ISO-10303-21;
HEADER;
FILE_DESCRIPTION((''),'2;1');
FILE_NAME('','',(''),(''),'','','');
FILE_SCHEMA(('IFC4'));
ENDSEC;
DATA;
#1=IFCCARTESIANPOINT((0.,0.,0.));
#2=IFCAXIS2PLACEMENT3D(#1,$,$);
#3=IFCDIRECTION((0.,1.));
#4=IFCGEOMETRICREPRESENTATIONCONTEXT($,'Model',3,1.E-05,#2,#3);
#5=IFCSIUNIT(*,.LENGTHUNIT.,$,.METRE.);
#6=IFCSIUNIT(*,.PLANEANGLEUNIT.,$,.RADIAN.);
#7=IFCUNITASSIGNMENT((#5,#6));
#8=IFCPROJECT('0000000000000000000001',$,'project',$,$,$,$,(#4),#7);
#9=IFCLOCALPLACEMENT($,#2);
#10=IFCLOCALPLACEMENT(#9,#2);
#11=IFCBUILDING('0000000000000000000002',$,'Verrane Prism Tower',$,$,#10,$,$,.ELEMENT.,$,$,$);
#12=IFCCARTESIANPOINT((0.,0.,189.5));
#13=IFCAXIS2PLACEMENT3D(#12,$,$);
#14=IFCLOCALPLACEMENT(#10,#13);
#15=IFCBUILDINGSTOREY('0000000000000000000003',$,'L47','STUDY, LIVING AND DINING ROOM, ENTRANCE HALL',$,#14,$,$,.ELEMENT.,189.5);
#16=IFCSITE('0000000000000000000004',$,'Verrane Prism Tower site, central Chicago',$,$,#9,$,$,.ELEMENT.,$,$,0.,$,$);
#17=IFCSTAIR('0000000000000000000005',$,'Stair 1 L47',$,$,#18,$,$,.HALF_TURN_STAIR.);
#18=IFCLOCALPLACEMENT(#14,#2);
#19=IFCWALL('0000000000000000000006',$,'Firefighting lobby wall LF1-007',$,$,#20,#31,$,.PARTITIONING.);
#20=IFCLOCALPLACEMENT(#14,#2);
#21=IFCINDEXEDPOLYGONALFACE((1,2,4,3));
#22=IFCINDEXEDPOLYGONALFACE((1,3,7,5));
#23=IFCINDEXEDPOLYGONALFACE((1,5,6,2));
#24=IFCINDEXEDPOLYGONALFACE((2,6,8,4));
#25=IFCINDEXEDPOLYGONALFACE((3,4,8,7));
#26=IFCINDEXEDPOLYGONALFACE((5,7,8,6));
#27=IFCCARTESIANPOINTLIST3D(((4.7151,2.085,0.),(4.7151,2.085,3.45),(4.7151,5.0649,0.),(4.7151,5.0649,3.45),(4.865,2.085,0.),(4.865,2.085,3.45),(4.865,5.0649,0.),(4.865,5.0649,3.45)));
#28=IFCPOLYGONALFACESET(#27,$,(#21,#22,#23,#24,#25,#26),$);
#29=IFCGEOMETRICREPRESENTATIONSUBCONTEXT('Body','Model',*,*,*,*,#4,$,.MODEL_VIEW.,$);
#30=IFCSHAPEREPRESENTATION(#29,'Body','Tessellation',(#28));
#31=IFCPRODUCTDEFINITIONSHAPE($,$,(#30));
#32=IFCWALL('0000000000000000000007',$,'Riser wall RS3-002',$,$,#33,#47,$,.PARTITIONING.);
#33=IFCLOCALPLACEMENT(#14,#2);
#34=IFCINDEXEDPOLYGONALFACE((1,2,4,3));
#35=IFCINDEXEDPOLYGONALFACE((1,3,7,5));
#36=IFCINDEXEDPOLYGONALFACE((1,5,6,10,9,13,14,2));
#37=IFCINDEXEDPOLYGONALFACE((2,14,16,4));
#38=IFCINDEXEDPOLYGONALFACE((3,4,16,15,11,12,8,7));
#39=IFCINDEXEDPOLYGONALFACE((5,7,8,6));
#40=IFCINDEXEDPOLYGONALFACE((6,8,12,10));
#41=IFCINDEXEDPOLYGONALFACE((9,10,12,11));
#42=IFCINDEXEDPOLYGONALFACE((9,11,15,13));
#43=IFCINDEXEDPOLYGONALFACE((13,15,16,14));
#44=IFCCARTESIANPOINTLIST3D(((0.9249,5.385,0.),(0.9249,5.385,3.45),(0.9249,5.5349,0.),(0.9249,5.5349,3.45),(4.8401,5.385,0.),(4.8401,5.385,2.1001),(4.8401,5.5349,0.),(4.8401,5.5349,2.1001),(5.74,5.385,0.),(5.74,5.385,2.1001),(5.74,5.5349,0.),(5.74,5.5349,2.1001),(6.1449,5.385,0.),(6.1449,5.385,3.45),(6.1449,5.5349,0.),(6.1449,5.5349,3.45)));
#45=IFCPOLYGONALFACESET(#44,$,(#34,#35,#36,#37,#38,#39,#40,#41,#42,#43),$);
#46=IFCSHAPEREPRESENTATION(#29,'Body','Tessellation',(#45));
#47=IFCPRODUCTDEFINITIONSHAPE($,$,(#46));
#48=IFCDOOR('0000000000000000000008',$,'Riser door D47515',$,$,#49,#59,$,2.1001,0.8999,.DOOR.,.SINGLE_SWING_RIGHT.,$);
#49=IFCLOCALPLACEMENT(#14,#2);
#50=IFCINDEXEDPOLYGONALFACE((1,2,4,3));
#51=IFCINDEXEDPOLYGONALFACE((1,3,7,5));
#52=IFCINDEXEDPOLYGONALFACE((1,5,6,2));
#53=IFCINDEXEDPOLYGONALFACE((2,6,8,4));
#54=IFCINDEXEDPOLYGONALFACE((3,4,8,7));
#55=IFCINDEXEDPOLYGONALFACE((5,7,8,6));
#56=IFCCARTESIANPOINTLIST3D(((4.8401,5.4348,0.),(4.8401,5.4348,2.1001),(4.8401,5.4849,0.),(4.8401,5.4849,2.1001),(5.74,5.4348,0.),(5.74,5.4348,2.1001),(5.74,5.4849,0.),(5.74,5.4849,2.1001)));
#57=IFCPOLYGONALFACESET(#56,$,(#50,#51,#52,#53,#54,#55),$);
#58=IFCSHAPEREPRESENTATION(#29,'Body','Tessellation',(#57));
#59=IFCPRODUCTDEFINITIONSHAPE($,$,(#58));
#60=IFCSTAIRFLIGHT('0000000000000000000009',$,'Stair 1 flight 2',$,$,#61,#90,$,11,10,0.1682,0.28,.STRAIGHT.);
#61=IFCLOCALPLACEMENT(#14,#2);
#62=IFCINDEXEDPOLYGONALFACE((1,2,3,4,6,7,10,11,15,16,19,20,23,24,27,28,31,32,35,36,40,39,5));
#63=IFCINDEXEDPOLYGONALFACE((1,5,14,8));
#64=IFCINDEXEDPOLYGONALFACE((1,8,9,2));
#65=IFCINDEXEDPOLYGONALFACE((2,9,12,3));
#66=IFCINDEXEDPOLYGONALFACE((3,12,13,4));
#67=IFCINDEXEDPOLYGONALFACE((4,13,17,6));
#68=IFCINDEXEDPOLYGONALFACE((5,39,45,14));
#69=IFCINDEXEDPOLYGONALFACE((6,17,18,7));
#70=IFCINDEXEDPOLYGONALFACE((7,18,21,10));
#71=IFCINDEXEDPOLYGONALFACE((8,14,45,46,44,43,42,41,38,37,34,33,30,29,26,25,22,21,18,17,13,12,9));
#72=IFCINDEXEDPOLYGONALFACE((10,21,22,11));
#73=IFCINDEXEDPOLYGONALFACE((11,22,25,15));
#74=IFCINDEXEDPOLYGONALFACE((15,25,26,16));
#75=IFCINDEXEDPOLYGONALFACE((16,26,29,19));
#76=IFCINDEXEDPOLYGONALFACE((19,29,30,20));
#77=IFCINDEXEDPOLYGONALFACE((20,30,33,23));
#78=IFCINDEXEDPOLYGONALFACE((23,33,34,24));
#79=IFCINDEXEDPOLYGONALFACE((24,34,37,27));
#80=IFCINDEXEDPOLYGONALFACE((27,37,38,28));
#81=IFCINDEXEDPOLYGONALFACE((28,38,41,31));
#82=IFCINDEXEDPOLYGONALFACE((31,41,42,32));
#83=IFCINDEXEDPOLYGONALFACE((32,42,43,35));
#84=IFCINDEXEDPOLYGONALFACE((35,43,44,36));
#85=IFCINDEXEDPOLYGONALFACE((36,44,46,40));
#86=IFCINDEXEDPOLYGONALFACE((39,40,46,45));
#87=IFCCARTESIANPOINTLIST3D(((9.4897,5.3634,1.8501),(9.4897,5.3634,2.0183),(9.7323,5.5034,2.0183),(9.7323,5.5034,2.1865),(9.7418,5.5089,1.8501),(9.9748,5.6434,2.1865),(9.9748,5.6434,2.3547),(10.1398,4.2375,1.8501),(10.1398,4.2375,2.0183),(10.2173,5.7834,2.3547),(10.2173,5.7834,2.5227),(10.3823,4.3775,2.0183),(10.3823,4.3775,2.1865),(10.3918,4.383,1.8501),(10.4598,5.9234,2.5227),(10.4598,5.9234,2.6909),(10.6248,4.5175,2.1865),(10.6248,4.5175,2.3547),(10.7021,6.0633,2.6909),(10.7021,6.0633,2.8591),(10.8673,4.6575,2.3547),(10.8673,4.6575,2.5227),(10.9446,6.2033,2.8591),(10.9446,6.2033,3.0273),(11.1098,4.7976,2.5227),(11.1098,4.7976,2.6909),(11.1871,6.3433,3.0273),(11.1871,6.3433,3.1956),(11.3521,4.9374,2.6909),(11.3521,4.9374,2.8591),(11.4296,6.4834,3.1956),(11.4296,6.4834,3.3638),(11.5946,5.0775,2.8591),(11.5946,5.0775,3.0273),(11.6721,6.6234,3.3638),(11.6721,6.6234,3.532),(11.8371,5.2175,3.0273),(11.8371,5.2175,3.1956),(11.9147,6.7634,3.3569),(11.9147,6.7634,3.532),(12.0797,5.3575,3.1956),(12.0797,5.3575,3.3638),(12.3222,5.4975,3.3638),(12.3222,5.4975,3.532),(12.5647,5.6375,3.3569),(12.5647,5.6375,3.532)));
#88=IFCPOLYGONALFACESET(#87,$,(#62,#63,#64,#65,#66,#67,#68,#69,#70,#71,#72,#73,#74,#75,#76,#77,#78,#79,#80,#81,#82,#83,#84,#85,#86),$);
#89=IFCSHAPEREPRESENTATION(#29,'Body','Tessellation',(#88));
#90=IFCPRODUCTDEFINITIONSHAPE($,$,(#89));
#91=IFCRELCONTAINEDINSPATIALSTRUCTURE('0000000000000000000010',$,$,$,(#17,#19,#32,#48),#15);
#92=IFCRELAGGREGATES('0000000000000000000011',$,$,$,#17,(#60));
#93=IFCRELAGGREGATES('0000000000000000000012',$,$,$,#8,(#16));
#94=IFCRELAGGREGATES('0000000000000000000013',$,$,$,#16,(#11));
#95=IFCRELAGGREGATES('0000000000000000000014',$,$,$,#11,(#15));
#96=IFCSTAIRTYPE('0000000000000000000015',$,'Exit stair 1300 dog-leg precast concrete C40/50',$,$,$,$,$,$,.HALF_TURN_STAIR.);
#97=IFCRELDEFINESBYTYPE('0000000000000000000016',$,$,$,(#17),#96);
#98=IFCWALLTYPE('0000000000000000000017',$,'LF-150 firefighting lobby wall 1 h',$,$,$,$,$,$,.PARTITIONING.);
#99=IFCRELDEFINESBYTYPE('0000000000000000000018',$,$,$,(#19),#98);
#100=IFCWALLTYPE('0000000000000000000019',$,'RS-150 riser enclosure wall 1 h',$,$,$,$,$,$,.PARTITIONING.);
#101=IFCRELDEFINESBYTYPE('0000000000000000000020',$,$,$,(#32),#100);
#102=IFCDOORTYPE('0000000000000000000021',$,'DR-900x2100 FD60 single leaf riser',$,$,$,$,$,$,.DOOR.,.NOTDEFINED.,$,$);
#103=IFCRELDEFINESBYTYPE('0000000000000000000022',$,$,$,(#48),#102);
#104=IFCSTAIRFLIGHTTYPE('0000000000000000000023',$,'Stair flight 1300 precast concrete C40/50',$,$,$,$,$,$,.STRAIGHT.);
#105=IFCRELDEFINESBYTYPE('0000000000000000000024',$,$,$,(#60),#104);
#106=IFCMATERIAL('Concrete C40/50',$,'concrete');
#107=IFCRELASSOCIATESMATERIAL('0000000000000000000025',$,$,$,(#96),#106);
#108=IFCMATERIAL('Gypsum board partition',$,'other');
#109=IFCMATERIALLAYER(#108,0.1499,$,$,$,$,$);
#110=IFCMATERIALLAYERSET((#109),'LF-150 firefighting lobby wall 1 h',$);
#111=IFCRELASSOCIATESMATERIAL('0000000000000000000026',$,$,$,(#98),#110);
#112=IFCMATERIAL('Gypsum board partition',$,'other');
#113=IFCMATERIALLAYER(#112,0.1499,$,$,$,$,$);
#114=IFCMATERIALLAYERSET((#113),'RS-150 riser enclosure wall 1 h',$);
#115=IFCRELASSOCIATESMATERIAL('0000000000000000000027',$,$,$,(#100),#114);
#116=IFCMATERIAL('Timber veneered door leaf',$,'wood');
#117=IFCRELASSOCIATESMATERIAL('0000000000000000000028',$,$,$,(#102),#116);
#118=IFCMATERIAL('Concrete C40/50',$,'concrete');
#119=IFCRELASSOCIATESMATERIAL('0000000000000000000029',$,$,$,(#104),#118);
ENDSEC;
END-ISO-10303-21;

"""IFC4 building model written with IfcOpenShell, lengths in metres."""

from ifc_helpers import new_model, si_unit, direction, frame, frame_2d, origin, place, context, subcontext, project, spatial, polyline, rectangle, outline, extrude, material, layer, layer_set, type_object, element, fill, aggregate, save


model = new_model("IFC4")

# Units and contexts
model_context = context("Model", 3, precision=1e-05, world=origin(), true_north=direction((0.0, 1.0)))
body_context = subcontext(model_context, "Body", "Model", "MODEL_VIEW")
ifc_project = project(units=[si_unit("LENGTHUNIT", "METRE"), si_unit("PLANEANGLEUNIT", "RADIAN")], contexts=[model_context])

# Site, building, storey
site_placement = place(None, origin())
site = spatial("IfcSite", under=ifc_project, at=site_placement, Name="Verrane Prism Tower site, central Chicago", CompositionType="ELEMENT", RefElevation=0.0)
building_placement = place(site_placement, origin())
building = spatial("IfcBuilding", under=site, at=building_placement, Name="Verrane Prism Tower", CompositionType="ELEMENT")
storey_placement = place(building_placement, frame((0.0, 0.0, 189.5)))
storey = spatial("IfcBuildingStorey", under=building, at=storey_placement, Name="L47", Description="STUDY, LIVING AND DINING ROOM, ENTRANCE HALL", CompositionType="ELEMENT", Elevation=189.5)

# Stair
ifc_material_1 = material(Name="Concrete C40/50", Category="concrete")
stair_type = type_object("IfcStairType", Name="Exit stair 1300 dog-leg precast concrete C40/50", PredefinedType="HALF_TURN_STAIR", material=ifc_material_1)
stair_1_placement = place(storey_placement, origin())
stair_1 = element("IfcStair", 1, at=stair_1_placement, inside=storey, type_object=stair_type, Name="Stair 1 L47", PredefinedType="HALF_TURN_STAIR")

# Wall
ifc_material_2 = material(Name="Gypsum board partition", Category="other")
ifc_layer_1 = layer(ifc_material_2, 0.1499)
ifc_layer_set_1 = layer_set([ifc_layer_1], Name="LF-150 firefighting lobby wall 1 h")
wall_type_1 = type_object("IfcWallType", Name="LF-150 firefighting lobby wall 1 h", PredefinedType="PARTITIONING", material=ifc_layer_set_1)
wall_1_placement = place(storey_placement, frame((4.79, 2.085, 0.0), z_axis=(0.0, 0.0, 1.0), x_axis=(0.0, 1.0, 0.0)))
element("IfcWall", 2, at=wall_1_placement, inside=storey, type_object=wall_type_1, Name="Firefighting lobby wall LF1-007", PredefinedType="PARTITIONING", context=body_context, shape_type="SweptSolid", body=[
    extrude(rectangle(XDim=2.98, YDim=0.1499, at=frame_2d((1.49, 0.0))), origin(), (0.0, 0.0, 1.0), 3.45),
])

# Wall, opening, door
ifc_material_3 = material(Name="Gypsum board partition", Category="other")
ifc_layer_2 = layer(ifc_material_3, 0.1499)
ifc_layer_set_2 = layer_set([ifc_layer_2], Name="RS-150 riser enclosure wall 1 h")
wall_type_2 = type_object("IfcWallType", Name="RS-150 riser enclosure wall 1 h", PredefinedType="PARTITIONING", material=ifc_layer_set_2)
wall_2_placement = place(storey_placement, frame((0.925, 5.46, 0.0), z_axis=(0.0, 0.0, 1.0), x_axis=(1.0, 0.0, 0.0)))
wall_2 = element("IfcWall", 3, at=wall_2_placement, inside=storey, type_object=wall_type_2, Name="Riser wall RS3-002", PredefinedType="PARTITIONING", context=body_context, shape_type="SweptSolid", body=[
    extrude(rectangle(XDim=5.22, YDim=0.1499, at=frame_2d((2.6099, 0.0))), origin(), (0.0, 0.0, 1.0), 3.45),
])
opening_1_placement = place(wall_2_placement, frame((3.915, 0.0, 0.0)))
opening_1 = element("IfcOpeningElement", 4, at=opening_1_placement, cuts=wall_2, PredefinedType="OPENING", context=body_context, shape_type="SweptSolid", body=[
    extrude(rectangle(XDim=0.8999, YDim=2.1001, at=frame_2d((0.45, 1.05))), frame((0.0, 0.085, 0.0), z_axis=(0.0, -1.0, 0.0), x_axis=(1.0, 0.0, 0.0)), (0.0, 0.0, 1.0), 0.1699),
])
ifc_material_4 = material(Name="Timber veneered door leaf", Category="wood")
door_type_1 = type_object("IfcDoorType", Name="DR-900x2100 FD60 single leaf riser", OperationType="NOTDEFINED", PredefinedType="DOOR", material=ifc_material_4)
door_1_placement = place(opening_1_placement, origin())
door_1 = element("IfcDoor", 5, at=door_1_placement, inside=storey, type_object=door_type_1, Name="Riser door D47515", OperationType="SINGLE_SWING_RIGHT", OverallHeight=2.1001, OverallWidth=0.8999, PredefinedType="DOOR", context=body_context, shape_type="SweptSolid", body=[
    extrude(rectangle(XDim=0.8999, YDim=2.1001, at=frame_2d((0.45, 1.05))), frame((0.0, 0.0249, 0.0), z_axis=(0.0, -1.0, 0.0), x_axis=(1.0, 0.0, 0.0)), (0.0, 0.0, 1.0), 0.05),
])
fill(opening_1, door_1)

# Stair flight
ifc_material_5 = material(Name="Concrete C40/50", Category="concrete")
stair_flight_type = type_object("IfcStairFlightType", Name="Stair flight 1300 precast concrete C40/50", PredefinedType="STRAIGHT", material=ifc_material_5)
stair_flight_placement = place(storey_placement, frame((9.8147, 4.8005, 1.8501), z_axis=(0.0, 0.0, 1.0), x_axis=(0.866025, 0.5, 0.0)))
stair_flight = element("IfcStairFlight", 6, at=stair_flight_placement, type_object=stair_flight_type, Name="Stair 1 flight 2", NumberOfRisers=11, NumberOfTreads=10, PredefinedType="STRAIGHT", RiserHeight=0.1682, TreadLength=0.28, context=body_context, shape_type="SweptSolid", body=[
    extrude(outline(polyline([(0.0, 0.0), (0.0, 0.1682), (0.28, 0.1682), (0.28, 0.3364), (0.5601, 0.3364), (0.5601, 0.5046), (0.8401, 0.5046), (0.8401, 0.6726), (1.1201, 0.6726), (1.1201, 0.8408), (1.3999, 0.8408), (1.3999, 1.009), (1.6799, 1.009), (1.6799, 1.1772), (1.96, 1.1772), (1.96, 1.3455), (2.24, 1.3455), (2.24, 1.5137), (2.52, 1.5137), (2.52, 1.6819), (2.8, 1.6819), (2.8, 1.8501), (2.8, 1.5068), (0.291, 0.0), (0.0, 0.0)])), frame((0.0, 0.6499, 0.0), z_axis=(0.0, -1.0, 0.0), x_axis=(1.0, 0.0, 0.0)), (0.0, 0.0, 1.0), 1.3),
])
aggregate(stair_1, [stair_flight])

save(model, "model.ifc")
